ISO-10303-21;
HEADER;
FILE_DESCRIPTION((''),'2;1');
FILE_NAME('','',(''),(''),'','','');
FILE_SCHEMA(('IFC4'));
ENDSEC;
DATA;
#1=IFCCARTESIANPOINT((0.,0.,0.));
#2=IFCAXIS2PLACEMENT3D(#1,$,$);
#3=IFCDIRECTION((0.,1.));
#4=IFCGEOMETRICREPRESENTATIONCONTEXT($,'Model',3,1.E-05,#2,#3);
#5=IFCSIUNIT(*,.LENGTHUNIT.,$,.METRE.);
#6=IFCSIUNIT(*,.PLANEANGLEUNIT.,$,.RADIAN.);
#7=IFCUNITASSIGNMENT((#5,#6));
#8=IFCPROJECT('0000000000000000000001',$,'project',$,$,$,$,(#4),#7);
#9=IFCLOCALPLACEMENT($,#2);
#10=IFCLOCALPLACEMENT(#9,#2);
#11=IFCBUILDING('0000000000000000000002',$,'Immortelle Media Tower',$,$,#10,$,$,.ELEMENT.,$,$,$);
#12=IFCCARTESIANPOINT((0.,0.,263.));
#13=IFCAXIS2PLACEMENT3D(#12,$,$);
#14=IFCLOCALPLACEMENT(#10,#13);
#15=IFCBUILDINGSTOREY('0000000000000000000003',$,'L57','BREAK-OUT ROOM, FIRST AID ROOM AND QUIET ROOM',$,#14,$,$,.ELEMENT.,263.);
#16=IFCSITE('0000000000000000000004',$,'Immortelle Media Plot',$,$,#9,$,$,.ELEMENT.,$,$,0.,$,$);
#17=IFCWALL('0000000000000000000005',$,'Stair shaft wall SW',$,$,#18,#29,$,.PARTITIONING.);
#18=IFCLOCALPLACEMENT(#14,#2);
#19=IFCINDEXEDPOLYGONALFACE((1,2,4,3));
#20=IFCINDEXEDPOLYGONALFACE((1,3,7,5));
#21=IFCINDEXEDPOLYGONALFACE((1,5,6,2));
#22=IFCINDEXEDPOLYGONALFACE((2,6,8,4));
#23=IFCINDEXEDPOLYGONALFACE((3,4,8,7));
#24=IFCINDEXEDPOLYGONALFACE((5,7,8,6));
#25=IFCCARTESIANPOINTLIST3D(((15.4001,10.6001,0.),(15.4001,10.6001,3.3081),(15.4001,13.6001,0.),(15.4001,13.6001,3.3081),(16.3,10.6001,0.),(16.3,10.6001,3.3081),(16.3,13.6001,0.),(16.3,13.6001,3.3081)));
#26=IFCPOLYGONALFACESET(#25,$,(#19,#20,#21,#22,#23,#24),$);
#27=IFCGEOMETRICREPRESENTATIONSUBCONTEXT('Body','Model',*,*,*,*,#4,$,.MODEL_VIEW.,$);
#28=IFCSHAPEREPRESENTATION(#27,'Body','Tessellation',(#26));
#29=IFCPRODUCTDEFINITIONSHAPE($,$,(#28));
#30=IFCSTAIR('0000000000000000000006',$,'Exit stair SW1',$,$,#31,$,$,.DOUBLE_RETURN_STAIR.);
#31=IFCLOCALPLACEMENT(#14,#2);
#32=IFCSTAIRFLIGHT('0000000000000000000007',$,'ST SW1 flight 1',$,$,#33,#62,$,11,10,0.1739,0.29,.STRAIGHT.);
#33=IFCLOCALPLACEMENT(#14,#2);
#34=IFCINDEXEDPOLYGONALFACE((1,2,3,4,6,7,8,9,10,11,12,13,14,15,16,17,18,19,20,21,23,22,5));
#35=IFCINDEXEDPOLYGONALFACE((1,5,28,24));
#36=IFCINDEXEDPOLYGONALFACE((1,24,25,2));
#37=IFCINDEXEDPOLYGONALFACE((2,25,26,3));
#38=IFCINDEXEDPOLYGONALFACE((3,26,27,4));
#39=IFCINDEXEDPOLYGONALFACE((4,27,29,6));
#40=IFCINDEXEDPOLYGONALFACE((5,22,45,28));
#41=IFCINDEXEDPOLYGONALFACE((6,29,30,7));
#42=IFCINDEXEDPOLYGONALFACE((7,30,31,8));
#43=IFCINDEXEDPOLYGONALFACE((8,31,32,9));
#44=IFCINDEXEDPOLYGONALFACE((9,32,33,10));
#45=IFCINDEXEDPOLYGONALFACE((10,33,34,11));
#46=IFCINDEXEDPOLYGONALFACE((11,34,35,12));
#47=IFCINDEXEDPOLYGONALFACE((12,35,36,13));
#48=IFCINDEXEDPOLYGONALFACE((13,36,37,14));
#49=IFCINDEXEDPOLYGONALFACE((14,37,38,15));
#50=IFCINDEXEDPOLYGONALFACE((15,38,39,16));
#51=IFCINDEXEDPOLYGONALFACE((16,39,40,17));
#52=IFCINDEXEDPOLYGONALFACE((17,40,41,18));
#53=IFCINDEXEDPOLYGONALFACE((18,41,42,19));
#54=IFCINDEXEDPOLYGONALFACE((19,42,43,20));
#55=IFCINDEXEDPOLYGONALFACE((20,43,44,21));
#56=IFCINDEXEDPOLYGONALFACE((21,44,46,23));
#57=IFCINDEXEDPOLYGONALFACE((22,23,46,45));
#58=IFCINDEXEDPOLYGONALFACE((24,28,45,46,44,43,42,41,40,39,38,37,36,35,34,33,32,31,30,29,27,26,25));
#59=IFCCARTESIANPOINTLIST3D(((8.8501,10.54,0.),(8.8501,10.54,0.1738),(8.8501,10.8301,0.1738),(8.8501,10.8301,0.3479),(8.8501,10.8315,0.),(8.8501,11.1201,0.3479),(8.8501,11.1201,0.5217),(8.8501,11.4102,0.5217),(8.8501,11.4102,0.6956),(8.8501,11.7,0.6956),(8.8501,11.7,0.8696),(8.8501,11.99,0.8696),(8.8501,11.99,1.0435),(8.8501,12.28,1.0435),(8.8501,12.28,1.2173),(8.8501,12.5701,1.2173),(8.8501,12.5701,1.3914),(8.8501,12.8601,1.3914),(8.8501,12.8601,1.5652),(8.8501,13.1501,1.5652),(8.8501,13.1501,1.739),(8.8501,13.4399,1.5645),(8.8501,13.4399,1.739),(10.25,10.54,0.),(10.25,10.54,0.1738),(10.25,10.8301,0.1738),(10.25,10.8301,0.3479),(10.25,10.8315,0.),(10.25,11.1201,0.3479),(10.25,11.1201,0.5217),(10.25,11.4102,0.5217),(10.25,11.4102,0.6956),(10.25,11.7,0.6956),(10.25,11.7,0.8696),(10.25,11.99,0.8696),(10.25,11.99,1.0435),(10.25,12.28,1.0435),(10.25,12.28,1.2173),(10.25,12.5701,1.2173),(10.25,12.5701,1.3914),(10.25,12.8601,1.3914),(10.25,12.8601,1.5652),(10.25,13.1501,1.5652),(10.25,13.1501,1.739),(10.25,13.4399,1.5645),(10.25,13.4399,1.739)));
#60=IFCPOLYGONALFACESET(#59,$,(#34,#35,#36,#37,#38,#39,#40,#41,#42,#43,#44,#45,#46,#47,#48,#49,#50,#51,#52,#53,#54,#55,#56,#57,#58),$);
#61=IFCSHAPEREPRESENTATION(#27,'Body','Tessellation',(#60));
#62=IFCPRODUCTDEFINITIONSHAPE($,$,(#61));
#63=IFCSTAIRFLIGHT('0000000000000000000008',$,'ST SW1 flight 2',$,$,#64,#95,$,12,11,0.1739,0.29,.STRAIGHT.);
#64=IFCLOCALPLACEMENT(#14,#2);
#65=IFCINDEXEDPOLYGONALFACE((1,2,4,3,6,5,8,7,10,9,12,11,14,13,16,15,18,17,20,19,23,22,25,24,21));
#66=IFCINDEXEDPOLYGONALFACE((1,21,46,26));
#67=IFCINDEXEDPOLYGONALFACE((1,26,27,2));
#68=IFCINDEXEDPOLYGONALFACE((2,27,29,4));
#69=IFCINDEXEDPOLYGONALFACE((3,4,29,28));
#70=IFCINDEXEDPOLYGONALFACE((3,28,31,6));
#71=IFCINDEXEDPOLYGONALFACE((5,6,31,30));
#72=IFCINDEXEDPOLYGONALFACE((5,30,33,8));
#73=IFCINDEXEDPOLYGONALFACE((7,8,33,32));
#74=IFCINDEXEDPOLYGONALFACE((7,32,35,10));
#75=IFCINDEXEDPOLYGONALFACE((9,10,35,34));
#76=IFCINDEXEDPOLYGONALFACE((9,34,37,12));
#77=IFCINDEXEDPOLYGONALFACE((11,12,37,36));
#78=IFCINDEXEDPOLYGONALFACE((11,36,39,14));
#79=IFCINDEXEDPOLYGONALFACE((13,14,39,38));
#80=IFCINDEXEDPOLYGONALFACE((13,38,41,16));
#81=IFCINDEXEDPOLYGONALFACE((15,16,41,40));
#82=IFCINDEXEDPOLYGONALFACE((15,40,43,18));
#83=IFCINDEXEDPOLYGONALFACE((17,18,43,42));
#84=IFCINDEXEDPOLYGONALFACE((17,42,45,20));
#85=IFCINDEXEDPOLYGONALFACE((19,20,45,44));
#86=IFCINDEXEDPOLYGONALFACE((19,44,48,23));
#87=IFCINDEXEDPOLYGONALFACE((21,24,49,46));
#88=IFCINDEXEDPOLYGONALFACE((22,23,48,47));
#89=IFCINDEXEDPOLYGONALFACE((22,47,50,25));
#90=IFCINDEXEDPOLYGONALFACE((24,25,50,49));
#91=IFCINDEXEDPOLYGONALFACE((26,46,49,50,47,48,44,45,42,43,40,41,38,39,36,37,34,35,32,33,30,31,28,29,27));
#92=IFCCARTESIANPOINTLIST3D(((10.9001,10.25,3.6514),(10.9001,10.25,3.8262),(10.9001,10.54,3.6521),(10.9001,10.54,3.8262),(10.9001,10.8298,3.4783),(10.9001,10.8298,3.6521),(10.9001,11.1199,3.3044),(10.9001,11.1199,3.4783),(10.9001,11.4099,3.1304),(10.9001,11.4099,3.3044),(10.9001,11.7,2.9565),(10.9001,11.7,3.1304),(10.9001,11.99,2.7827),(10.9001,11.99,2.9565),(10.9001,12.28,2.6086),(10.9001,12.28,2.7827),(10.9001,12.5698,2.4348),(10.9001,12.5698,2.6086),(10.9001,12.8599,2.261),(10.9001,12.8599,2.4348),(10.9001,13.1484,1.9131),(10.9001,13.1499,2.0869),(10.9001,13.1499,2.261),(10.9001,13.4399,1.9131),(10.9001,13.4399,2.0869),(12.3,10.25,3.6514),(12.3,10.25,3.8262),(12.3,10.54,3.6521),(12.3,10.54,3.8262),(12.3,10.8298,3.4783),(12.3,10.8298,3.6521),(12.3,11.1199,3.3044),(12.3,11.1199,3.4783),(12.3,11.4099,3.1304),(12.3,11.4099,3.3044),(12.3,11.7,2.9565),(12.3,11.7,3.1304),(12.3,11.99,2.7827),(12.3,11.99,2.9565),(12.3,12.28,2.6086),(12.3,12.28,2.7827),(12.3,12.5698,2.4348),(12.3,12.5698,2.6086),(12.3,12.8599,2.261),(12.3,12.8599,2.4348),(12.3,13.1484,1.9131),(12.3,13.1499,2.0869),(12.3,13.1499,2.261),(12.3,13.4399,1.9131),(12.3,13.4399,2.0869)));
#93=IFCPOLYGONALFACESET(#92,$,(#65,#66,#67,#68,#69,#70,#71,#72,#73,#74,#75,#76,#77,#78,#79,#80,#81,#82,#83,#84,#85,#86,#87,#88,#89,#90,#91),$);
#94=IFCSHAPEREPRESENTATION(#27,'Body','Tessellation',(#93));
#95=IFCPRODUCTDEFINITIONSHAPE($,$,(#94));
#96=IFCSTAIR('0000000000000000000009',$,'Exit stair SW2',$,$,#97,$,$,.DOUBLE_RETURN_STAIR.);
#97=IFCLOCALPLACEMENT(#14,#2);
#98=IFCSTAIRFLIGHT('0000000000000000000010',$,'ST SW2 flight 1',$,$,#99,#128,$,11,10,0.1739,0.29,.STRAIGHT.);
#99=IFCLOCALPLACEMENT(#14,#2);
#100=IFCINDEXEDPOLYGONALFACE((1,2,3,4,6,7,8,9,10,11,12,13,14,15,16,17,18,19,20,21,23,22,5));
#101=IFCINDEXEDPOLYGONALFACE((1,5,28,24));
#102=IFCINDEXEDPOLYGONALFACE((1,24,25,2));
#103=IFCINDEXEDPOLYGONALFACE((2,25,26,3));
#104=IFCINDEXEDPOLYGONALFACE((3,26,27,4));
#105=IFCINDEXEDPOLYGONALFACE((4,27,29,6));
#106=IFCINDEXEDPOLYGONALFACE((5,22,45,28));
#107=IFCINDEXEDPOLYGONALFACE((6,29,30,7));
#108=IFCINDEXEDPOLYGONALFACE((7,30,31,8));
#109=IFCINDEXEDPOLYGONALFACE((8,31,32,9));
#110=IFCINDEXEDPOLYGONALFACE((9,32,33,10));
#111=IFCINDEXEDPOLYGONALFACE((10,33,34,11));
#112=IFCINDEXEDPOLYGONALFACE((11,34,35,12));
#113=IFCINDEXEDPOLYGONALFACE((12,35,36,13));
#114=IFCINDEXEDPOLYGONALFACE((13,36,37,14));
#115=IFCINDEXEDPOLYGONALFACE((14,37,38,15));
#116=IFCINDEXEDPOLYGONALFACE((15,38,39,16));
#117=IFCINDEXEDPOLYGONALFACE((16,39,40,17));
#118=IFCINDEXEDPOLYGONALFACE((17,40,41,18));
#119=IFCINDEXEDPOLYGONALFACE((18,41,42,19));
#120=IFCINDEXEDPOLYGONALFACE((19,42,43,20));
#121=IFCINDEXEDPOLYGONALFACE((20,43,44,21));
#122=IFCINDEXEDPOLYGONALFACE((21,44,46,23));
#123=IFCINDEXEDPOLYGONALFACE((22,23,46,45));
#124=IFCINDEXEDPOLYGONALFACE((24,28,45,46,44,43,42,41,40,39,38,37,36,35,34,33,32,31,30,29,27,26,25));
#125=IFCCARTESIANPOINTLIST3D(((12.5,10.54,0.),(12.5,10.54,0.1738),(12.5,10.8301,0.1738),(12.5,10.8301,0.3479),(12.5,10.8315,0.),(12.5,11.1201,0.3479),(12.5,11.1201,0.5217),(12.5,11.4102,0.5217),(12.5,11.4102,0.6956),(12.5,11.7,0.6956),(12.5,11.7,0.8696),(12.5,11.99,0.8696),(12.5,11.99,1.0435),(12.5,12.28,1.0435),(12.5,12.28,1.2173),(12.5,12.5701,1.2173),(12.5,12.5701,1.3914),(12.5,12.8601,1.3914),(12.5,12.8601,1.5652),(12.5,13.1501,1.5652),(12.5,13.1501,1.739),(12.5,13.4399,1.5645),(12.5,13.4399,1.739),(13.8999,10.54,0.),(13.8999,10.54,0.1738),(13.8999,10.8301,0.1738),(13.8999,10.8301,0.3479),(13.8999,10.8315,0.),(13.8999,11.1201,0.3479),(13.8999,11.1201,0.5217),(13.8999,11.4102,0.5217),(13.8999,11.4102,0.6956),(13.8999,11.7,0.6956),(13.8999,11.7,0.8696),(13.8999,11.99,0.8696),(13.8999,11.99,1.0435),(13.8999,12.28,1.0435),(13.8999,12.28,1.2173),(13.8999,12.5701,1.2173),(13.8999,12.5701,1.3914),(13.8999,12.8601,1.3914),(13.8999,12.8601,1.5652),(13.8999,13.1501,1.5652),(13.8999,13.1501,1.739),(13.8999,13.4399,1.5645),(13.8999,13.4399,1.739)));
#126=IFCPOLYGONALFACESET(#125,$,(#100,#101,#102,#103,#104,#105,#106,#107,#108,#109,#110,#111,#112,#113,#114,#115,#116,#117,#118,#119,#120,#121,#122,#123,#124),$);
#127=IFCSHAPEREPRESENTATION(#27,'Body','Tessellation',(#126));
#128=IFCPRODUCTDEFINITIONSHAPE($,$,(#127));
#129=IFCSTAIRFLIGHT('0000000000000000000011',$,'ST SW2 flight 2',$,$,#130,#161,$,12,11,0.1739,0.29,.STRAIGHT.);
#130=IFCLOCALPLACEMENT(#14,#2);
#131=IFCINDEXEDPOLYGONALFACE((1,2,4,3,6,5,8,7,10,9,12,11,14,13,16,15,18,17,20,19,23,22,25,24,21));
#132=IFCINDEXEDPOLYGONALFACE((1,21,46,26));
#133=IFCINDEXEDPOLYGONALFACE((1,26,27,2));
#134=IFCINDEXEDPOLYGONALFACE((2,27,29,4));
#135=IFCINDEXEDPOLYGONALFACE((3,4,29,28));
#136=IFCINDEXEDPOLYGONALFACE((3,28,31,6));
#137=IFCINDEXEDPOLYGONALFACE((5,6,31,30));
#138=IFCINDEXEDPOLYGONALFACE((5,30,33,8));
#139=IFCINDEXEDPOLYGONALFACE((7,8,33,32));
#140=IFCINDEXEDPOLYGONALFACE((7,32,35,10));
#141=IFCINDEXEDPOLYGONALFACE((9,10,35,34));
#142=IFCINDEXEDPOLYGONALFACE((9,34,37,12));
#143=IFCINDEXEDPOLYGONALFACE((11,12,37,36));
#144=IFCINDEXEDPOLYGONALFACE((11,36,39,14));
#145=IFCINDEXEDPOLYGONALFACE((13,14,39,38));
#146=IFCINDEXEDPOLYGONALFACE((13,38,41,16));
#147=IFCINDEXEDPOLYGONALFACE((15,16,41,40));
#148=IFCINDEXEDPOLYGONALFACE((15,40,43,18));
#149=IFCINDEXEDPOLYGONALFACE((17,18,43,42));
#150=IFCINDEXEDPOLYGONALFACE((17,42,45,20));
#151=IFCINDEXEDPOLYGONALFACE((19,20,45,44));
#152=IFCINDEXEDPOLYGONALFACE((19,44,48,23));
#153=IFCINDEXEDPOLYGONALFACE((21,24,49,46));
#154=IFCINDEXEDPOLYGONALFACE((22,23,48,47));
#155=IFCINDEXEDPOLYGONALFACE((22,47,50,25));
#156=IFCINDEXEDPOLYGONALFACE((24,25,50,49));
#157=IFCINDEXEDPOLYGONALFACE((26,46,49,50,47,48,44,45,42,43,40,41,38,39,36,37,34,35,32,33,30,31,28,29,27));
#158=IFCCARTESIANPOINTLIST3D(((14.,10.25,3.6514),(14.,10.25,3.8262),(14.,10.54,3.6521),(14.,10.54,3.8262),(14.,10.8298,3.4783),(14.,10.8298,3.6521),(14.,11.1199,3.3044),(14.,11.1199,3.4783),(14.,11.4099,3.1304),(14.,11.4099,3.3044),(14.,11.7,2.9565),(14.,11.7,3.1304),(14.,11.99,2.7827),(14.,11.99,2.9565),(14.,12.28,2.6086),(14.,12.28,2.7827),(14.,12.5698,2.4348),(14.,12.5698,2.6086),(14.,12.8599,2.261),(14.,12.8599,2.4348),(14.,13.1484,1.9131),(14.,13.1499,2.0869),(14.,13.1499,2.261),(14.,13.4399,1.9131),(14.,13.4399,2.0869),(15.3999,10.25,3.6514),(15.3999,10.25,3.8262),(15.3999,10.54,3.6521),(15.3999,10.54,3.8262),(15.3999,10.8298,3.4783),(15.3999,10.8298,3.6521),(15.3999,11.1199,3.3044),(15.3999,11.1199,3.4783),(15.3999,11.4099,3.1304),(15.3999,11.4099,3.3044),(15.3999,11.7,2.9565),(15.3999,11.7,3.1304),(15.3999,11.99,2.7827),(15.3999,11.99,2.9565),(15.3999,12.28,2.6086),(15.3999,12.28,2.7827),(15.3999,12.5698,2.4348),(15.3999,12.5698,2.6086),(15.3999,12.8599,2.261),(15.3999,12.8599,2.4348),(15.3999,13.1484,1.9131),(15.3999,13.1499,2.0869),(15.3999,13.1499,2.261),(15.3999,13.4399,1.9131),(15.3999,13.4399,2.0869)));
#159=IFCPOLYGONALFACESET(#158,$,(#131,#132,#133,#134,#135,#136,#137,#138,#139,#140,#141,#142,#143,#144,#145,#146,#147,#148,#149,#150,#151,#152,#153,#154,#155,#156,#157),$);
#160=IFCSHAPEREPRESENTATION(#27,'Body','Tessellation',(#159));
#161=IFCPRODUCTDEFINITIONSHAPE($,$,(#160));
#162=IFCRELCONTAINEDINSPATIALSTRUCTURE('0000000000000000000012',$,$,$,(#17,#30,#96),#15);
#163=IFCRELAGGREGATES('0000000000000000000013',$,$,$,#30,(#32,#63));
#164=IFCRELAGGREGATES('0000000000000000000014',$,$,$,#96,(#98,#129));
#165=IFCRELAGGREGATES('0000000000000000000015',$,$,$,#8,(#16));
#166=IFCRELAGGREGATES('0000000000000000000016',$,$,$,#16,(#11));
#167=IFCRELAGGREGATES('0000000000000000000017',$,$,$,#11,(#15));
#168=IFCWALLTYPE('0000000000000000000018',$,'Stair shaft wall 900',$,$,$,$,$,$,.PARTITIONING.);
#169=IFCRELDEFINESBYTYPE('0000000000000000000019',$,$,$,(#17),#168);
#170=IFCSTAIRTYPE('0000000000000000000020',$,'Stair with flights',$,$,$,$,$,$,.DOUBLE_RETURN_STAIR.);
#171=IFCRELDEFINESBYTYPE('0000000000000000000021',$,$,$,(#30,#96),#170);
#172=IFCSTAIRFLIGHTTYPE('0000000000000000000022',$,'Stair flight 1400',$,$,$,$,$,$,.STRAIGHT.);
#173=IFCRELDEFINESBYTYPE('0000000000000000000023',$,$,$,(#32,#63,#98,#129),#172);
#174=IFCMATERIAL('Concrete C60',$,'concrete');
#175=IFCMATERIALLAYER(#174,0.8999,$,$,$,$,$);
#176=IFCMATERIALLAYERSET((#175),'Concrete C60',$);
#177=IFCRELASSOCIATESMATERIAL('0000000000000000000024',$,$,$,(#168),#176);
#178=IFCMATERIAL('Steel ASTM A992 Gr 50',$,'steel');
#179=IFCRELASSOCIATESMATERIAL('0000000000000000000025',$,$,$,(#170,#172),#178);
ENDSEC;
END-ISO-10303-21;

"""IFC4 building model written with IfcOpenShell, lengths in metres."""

from ifc_helpers import new_model, si_unit, direction, frame, frame_2d, origin, place, context, subcontext, project, spatial, polyline, rectangle, outline, extrude, material, layer, layer_set, type_object, element, aggregate, save


model = new_model("IFC4")

# Units and contexts
model_context = context("Model", 3, precision=1e-05, world=origin(), true_north=direction((0.0, 1.0)))
body_context = subcontext(model_context, "Body", "Model", "MODEL_VIEW")
ifc_project = project(units=[si_unit("LENGTHUNIT", "METRE"), si_unit("PLANEANGLEUNIT", "RADIAN")], contexts=[model_context])

# Site, building, storey
site_placement = place(None, origin())
site = spatial("IfcSite", under=ifc_project, at=site_placement, Name="Immortelle Media Plot", CompositionType="ELEMENT", RefElevation=0.0)
building_placement = place(site_placement, origin())
building = spatial("IfcBuilding", under=site, at=building_placement, Name="Immortelle Media Tower", CompositionType="ELEMENT")
storey_placement = place(building_placement, frame((0.0, 0.0, 263.0)))
storey = spatial("IfcBuildingStorey", under=building, at=storey_placement, Name="L57", Description="BREAK-OUT ROOM, FIRST AID ROOM AND QUIET ROOM", CompositionType="ELEMENT", Elevation=263.0)

# Shared definitions
ifc_material_1 = material(Name="Steel ASTM A992 Gr 50", Category="steel")

# Shared definitions
ifc_material_2 = material(Name="Concrete C60", Category="concrete")

# Shared definitions
ifc_layer_1 = layer(ifc_material_2, 0.8999)
ifc_layer_set_1 = layer_set([ifc_layer_1], Name="Concrete C60")
wall_type_1 = type_object("IfcWallType", Name="Stair shaft wall 900", PredefinedType="PARTITIONING", material=ifc_layer_set_1)

# Wall
wall_1_placement = place(storey_placement, frame((15.8501, 10.6001, 0.0), z_axis=(0.0, 0.0, 1.0), x_axis=(0.0, 1.0, 0.0)))
element("IfcWall", 1, at=wall_1_placement, inside=storey, type_object=wall_type_1, Name="Stair shaft wall SW", PredefinedType="PARTITIONING", context=body_context, shape_type="SweptSolid", body=[
    extrude(rectangle(XDim=3.0, YDim=0.8999, at=frame_2d((1.5, 0.0))), origin(), (0.0, 0.0, 1.0), 3.3081),
])

# Stairs, stair flights
stair_type = type_object("IfcStairType", Name="Stair with flights", PredefinedType="DOUBLE_RETURN_STAIR", material=ifc_material_1)
stair_1_placement = place(storey_placement, origin())
stair_1 = element("IfcStair", 2, at=stair_1_placement, inside=storey, type_object=stair_type, Name="Exit stair SW1", PredefinedType="DOUBLE_RETURN_STAIR")
stair_flight_type = type_object("IfcStairFlightType", Name="Stair flight 1400", PredefinedType="STRAIGHT", material=ifc_material_1)
stair_flight_1_placement = place(storey_placement, frame((9.55, 10.54, 0.0), z_axis=(0.0, 0.0, 1.0), x_axis=(0.0, 1.0, 0.0)))
stair_flight_1 = element("IfcStairFlight", 3, at=stair_flight_1_placement, type_object=stair_flight_type, Name="ST SW1 flight 1", NumberOfRisers=11, NumberOfTreads=10, PredefinedType="STRAIGHT", RiserHeight=0.1739, TreadLength=0.29, context=body_context, shape_type="SweptSolid", body=[
    extrude(outline(polyline([(0.0, 0.0), (0.0, 0.1738), (0.29, 0.1738), (0.29, 0.3479), (0.5801, 0.3479), (0.5801, 0.5217), (0.8701, 0.5217), (0.8701, 0.6956), (1.1599, 0.6956), (1.1599, 0.8696), (1.45, 0.8696), (1.45, 1.0435), (1.74, 1.0435), (1.74, 1.2173), (2.03, 1.2173), (2.03, 1.3914), (2.3201, 1.3914), (2.3201, 1.5652), (2.6101, 1.5652), (2.6101, 1.739), (2.8999, 1.739), (2.8999, 1.9131), (2.8999, 1.5645), (0.2915, 0.0), (0.0, 0.0)])), frame((0.0, 0.7, 0.0), z_axis=(0.0, -1.0, 0.0), x_axis=(1.0, 0.0, 0.0)), (0.0, 0.0, 1.0), 1.3999),
])
stair_flight_2_placement = place(storey_placement, frame((11.6001, 13.4399, 1.9131), z_axis=(0.0, 0.0, 1.0), x_axis=(0.0, -1.0, 0.0)))
stair_flight_2 = element("IfcStairFlight", 4, at=stair_flight_2_placement, type_object=stair_flight_type, Name="ST SW1 flight 2", NumberOfRisers=12, NumberOfTreads=11, PredefinedType="STRAIGHT", RiserHeight=0.1739, TreadLength=0.29, context=body_context, shape_type="SweptSolid", body=[
    extrude(outline(polyline([(0.0, 0.0), (0.0, 0.1738), (0.29, 0.1738), (0.29, 0.3479), (0.5801, 0.3479), (0.5801, 0.5217), (0.8701, 0.5217), (0.8701, 0.6956), (1.1599, 0.6956), (1.1599, 0.8696), (1.45, 0.8696), (1.45, 1.0435), (1.74, 1.0435), (1.74, 1.2173), (2.03, 1.2173), (2.03, 1.3914), (2.3201, 1.3914), (2.3201, 1.5652), (2.6101, 1.5652), (2.6101, 1.739), (2.8999, 1.739), (2.8999, 1.9131), (3.1899, 1.9131), (3.1899, 2.0869), (3.1899, 1.7383), (0.2915, 0.0), (0.0, 0.0)])), frame((0.0, 0.7, 0.0), z_axis=(0.0, -1.0, 0.0), x_axis=(1.0, 0.0, 0.0)), (0.0, 0.0, 1.0), 1.3999),
])
aggregate(stair_1, [stair_flight_1, stair_flight_2])
stair_2_placement = place(storey_placement, origin())
stair_2 = element("IfcStair", 5, at=stair_2_placement, inside=storey, type_object=stair_type, Name="Exit stair SW2", PredefinedType="DOUBLE_RETURN_STAIR")
stair_flight_3_placement = place(storey_placement, frame((13.2, 10.54, 0.0), z_axis=(0.0, 0.0, 1.0), x_axis=(0.0, 1.0, 0.0)))
stair_flight_3 = element("IfcStairFlight", 6, at=stair_flight_3_placement, type_object=stair_flight_type, Name="ST SW2 flight 1", NumberOfRisers=11, NumberOfTreads=10, PredefinedType="STRAIGHT", RiserHeight=0.1739, TreadLength=0.29, context=body_context, shape_type="SweptSolid", body=[
    extrude(outline(polyline([(0.0, 0.0), (0.0, 0.1738), (0.29, 0.1738), (0.29, 0.3479), (0.5801, 0.3479), (0.5801, 0.5217), (0.8701, 0.5217), (0.8701, 0.6956), (1.1599, 0.6956), (1.1599, 0.8696), (1.45, 0.8696), (1.45, 1.0435), (1.74, 1.0435), (1.74, 1.2173), (2.03, 1.2173), (2.03, 1.3914), (2.3201, 1.3914), (2.3201, 1.5652), (2.6101, 1.5652), (2.6101, 1.739), (2.8999, 1.739), (2.8999, 1.9131), (2.8999, 1.5645), (0.2915, 0.0), (0.0, 0.0)])), frame((0.0, 0.7, 0.0), z_axis=(0.0, -1.0, 0.0), x_axis=(1.0, 0.0, 0.0)), (0.0, 0.0, 1.0), 1.3999),
])
stair_flight_4_placement = place(storey_placement, frame((14.7, 13.4399, 1.9131), z_axis=(0.0, 0.0, 1.0), x_axis=(0.0, -1.0, 0.0)))
stair_flight_4 = element("IfcStairFlight", 7, at=stair_flight_4_placement, type_object=stair_flight_type, Name="ST SW2 flight 2", NumberOfRisers=12, NumberOfTreads=11, PredefinedType="STRAIGHT", RiserHeight=0.1739, TreadLength=0.29, context=body_context, shape_type="SweptSolid", body=[
    extrude(outline(polyline([(0.0, 0.0), (0.0, 0.1738), (0.29, 0.1738), (0.29, 0.3479), (0.5801, 0.3479), (0.5801, 0.5217), (0.8701, 0.5217), (0.8701, 0.6956), (1.1599, 0.6956), (1.1599, 0.8696), (1.45, 0.8696), (1.45, 1.0435), (1.74, 1.0435), (1.74, 1.2173), (2.03, 1.2173), (2.03, 1.3914), (2.3201, 1.3914), (2.3201, 1.5652), (2.6101, 1.5652), (2.6101, 1.739), (2.8999, 1.739), (2.8999, 1.9131), (3.1899, 1.9131), (3.1899, 2.0869), (3.1899, 1.7383), (0.2915, 0.0), (0.0, 0.0)])), frame((0.0, 0.7, 0.0), z_axis=(0.0, -1.0, 0.0), x_axis=(1.0, 0.0, 0.0)), (0.0, 0.0, 1.0), 1.3999),
])
aggregate(stair_2, [stair_flight_3, stair_flight_4])

save(model, "model.ifc")
